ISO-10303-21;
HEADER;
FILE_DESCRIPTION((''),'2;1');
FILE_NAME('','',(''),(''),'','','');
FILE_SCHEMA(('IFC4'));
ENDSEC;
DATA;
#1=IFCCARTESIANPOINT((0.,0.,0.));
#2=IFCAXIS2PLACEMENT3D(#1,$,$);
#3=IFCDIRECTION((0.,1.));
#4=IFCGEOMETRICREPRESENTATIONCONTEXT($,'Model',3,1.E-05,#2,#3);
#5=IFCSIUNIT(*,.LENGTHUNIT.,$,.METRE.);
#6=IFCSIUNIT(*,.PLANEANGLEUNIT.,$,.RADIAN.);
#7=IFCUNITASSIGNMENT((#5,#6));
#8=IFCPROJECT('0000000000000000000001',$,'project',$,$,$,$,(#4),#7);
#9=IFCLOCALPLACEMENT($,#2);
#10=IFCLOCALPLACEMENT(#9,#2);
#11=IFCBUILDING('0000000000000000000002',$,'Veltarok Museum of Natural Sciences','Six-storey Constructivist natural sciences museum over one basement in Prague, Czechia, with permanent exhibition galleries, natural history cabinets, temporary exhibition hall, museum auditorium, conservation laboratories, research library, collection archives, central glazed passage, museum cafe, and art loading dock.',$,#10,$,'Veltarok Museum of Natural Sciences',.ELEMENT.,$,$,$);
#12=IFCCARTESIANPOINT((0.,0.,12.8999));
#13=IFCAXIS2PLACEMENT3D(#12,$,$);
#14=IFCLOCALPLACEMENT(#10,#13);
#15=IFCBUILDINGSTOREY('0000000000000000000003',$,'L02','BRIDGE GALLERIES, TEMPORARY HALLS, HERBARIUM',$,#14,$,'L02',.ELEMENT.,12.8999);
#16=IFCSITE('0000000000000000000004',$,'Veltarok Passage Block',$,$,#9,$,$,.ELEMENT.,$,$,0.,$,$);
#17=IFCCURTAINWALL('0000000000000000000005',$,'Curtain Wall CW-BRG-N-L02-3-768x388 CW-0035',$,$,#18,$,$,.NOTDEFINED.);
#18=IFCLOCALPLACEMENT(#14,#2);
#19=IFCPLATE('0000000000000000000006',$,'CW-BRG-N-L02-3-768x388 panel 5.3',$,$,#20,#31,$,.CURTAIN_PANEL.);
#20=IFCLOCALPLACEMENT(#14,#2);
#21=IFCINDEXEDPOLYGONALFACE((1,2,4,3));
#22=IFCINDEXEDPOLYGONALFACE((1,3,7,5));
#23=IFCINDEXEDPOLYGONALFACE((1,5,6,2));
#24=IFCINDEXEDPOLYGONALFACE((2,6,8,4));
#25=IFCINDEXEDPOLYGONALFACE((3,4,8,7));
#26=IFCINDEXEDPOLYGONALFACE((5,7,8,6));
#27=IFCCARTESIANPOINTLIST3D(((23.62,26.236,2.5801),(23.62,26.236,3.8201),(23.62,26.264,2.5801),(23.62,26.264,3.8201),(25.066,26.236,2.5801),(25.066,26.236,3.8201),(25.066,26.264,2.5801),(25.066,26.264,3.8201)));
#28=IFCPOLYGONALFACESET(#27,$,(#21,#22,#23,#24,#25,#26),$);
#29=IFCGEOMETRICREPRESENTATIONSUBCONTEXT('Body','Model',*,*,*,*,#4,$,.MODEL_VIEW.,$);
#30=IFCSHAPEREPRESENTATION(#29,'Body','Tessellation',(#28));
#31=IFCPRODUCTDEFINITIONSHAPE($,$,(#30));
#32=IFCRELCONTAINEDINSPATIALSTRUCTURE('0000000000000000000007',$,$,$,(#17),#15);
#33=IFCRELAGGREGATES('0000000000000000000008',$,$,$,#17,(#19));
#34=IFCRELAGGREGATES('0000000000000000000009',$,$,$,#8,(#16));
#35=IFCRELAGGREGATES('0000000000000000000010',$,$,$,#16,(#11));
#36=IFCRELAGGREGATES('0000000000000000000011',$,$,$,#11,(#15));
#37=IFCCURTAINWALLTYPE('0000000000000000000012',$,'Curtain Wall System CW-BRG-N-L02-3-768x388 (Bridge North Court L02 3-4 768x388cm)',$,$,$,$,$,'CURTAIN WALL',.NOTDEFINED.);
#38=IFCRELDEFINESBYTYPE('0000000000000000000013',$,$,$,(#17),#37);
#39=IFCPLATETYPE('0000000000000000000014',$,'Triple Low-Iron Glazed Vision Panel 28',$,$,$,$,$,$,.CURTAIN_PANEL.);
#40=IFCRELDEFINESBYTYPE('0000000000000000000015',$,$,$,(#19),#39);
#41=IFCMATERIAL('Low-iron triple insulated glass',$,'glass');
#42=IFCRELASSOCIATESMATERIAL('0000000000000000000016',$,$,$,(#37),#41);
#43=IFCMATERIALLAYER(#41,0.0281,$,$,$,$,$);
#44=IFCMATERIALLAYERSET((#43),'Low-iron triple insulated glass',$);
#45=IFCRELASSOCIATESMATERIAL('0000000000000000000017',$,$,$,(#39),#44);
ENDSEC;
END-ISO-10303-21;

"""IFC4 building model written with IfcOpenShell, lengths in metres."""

from ifc_helpers import new_model, si_unit, direction, frame, origin, origin_2d, place, context, subcontext, project, spatial, rectangle, extrude, material, layer, layer_set, type_object, element, aggregate, save


model = new_model("IFC4")

# Units and contexts
model_context = context("Model", 3, precision=1e-05, world=origin(), true_north=direction((0.0, 1.0)))
body_context = subcontext(model_context, "Body", "Model", "MODEL_VIEW")
ifc_project = project(units=[si_unit("LENGTHUNIT", "METRE"), si_unit("PLANEANGLEUNIT", "RADIAN")], contexts=[model_context])

# Site, building, storey
site_placement = place(None, origin())
site = spatial("IfcSite", under=ifc_project, at=site_placement, Name="Veltarok Passage Block", CompositionType="ELEMENT", RefElevation=0.0)
building_placement = place(site_placement, origin())
building = spatial("IfcBuilding", under=site, at=building_placement, Name="Veltarok Museum of Natural Sciences", Description="Six-storey Constructivist natural sciences museum over one basement in Prague, Czechia, with permanent exhibition galleries, natural history cabinets, temporary exhibition hall, museum auditorium, conservation laboratories, research library, collection archives, central glazed passage, museum cafe, and art loading dock.", LongName="Veltarok Museum of Natural Sciences", CompositionType="ELEMENT")
storey_placement = place(building_placement, frame((0.0, 0.0, 12.8999)))
storey = spatial("IfcBuildingStorey", under=building, at=storey_placement, Name="L02", Description="BRIDGE GALLERIES, TEMPORARY HALLS, HERBARIUM", LongName="L02", CompositionType="ELEMENT", Elevation=12.8999)

# Curtain wall
ifc_material_1 = material(Name="Low-iron triple insulated glass", Category="glass")
curtain_wall_type_1 = type_object("IfcCurtainWallType", Name="Curtain Wall System CW-BRG-N-L02-3-768x388 (Bridge North Court L02 3-4 768x388cm)", ElementType="CURTAIN WALL", PredefinedType="NOTDEFINED", material=ifc_material_1)
curtain_wall_1_placement = place(storey_placement, origin())
curtain_wall_1 = element("IfcCurtainWall", 1, at=curtain_wall_1_placement, inside=storey, type_object=curtain_wall_type_1, Name="Curtain Wall CW-BRG-N-L02-3-768x388 CW-0035", PredefinedType="NOTDEFINED")

# Plate
ifc_layer_1 = layer(ifc_material_1, 0.0281)
ifc_layer_set_1 = layer_set([ifc_layer_1], Name="Low-iron triple insulated glass")
plate_type_1 = type_object("IfcPlateType", Name="Triple Low-Iron Glazed Vision Panel 28", PredefinedType="CURTAIN_PANEL", material=ifc_layer_set_1)
plate_1_placement = place(storey_placement, frame((24.343, 26.25, 2.5801), z_axis=(0.0, 0.0, 1.0), x_axis=(-1.0, 0.0, 0.0)))
plate_1 = element("IfcPlate", 2, at=plate_1_placement, type_object=plate_type_1, Name="CW-BRG-N-L02-3-768x388 panel 5.3", PredefinedType="CURTAIN_PANEL", context=body_context, shape_type="SweptSolid", body=[
    extrude(rectangle(XDim=1.446, YDim=0.0281, at=origin_2d()), origin(), (0.0, 0.0, 1.0), 1.24),
])
aggregate(curtain_wall_1, [plate_1])

save(model, "model.ifc")
